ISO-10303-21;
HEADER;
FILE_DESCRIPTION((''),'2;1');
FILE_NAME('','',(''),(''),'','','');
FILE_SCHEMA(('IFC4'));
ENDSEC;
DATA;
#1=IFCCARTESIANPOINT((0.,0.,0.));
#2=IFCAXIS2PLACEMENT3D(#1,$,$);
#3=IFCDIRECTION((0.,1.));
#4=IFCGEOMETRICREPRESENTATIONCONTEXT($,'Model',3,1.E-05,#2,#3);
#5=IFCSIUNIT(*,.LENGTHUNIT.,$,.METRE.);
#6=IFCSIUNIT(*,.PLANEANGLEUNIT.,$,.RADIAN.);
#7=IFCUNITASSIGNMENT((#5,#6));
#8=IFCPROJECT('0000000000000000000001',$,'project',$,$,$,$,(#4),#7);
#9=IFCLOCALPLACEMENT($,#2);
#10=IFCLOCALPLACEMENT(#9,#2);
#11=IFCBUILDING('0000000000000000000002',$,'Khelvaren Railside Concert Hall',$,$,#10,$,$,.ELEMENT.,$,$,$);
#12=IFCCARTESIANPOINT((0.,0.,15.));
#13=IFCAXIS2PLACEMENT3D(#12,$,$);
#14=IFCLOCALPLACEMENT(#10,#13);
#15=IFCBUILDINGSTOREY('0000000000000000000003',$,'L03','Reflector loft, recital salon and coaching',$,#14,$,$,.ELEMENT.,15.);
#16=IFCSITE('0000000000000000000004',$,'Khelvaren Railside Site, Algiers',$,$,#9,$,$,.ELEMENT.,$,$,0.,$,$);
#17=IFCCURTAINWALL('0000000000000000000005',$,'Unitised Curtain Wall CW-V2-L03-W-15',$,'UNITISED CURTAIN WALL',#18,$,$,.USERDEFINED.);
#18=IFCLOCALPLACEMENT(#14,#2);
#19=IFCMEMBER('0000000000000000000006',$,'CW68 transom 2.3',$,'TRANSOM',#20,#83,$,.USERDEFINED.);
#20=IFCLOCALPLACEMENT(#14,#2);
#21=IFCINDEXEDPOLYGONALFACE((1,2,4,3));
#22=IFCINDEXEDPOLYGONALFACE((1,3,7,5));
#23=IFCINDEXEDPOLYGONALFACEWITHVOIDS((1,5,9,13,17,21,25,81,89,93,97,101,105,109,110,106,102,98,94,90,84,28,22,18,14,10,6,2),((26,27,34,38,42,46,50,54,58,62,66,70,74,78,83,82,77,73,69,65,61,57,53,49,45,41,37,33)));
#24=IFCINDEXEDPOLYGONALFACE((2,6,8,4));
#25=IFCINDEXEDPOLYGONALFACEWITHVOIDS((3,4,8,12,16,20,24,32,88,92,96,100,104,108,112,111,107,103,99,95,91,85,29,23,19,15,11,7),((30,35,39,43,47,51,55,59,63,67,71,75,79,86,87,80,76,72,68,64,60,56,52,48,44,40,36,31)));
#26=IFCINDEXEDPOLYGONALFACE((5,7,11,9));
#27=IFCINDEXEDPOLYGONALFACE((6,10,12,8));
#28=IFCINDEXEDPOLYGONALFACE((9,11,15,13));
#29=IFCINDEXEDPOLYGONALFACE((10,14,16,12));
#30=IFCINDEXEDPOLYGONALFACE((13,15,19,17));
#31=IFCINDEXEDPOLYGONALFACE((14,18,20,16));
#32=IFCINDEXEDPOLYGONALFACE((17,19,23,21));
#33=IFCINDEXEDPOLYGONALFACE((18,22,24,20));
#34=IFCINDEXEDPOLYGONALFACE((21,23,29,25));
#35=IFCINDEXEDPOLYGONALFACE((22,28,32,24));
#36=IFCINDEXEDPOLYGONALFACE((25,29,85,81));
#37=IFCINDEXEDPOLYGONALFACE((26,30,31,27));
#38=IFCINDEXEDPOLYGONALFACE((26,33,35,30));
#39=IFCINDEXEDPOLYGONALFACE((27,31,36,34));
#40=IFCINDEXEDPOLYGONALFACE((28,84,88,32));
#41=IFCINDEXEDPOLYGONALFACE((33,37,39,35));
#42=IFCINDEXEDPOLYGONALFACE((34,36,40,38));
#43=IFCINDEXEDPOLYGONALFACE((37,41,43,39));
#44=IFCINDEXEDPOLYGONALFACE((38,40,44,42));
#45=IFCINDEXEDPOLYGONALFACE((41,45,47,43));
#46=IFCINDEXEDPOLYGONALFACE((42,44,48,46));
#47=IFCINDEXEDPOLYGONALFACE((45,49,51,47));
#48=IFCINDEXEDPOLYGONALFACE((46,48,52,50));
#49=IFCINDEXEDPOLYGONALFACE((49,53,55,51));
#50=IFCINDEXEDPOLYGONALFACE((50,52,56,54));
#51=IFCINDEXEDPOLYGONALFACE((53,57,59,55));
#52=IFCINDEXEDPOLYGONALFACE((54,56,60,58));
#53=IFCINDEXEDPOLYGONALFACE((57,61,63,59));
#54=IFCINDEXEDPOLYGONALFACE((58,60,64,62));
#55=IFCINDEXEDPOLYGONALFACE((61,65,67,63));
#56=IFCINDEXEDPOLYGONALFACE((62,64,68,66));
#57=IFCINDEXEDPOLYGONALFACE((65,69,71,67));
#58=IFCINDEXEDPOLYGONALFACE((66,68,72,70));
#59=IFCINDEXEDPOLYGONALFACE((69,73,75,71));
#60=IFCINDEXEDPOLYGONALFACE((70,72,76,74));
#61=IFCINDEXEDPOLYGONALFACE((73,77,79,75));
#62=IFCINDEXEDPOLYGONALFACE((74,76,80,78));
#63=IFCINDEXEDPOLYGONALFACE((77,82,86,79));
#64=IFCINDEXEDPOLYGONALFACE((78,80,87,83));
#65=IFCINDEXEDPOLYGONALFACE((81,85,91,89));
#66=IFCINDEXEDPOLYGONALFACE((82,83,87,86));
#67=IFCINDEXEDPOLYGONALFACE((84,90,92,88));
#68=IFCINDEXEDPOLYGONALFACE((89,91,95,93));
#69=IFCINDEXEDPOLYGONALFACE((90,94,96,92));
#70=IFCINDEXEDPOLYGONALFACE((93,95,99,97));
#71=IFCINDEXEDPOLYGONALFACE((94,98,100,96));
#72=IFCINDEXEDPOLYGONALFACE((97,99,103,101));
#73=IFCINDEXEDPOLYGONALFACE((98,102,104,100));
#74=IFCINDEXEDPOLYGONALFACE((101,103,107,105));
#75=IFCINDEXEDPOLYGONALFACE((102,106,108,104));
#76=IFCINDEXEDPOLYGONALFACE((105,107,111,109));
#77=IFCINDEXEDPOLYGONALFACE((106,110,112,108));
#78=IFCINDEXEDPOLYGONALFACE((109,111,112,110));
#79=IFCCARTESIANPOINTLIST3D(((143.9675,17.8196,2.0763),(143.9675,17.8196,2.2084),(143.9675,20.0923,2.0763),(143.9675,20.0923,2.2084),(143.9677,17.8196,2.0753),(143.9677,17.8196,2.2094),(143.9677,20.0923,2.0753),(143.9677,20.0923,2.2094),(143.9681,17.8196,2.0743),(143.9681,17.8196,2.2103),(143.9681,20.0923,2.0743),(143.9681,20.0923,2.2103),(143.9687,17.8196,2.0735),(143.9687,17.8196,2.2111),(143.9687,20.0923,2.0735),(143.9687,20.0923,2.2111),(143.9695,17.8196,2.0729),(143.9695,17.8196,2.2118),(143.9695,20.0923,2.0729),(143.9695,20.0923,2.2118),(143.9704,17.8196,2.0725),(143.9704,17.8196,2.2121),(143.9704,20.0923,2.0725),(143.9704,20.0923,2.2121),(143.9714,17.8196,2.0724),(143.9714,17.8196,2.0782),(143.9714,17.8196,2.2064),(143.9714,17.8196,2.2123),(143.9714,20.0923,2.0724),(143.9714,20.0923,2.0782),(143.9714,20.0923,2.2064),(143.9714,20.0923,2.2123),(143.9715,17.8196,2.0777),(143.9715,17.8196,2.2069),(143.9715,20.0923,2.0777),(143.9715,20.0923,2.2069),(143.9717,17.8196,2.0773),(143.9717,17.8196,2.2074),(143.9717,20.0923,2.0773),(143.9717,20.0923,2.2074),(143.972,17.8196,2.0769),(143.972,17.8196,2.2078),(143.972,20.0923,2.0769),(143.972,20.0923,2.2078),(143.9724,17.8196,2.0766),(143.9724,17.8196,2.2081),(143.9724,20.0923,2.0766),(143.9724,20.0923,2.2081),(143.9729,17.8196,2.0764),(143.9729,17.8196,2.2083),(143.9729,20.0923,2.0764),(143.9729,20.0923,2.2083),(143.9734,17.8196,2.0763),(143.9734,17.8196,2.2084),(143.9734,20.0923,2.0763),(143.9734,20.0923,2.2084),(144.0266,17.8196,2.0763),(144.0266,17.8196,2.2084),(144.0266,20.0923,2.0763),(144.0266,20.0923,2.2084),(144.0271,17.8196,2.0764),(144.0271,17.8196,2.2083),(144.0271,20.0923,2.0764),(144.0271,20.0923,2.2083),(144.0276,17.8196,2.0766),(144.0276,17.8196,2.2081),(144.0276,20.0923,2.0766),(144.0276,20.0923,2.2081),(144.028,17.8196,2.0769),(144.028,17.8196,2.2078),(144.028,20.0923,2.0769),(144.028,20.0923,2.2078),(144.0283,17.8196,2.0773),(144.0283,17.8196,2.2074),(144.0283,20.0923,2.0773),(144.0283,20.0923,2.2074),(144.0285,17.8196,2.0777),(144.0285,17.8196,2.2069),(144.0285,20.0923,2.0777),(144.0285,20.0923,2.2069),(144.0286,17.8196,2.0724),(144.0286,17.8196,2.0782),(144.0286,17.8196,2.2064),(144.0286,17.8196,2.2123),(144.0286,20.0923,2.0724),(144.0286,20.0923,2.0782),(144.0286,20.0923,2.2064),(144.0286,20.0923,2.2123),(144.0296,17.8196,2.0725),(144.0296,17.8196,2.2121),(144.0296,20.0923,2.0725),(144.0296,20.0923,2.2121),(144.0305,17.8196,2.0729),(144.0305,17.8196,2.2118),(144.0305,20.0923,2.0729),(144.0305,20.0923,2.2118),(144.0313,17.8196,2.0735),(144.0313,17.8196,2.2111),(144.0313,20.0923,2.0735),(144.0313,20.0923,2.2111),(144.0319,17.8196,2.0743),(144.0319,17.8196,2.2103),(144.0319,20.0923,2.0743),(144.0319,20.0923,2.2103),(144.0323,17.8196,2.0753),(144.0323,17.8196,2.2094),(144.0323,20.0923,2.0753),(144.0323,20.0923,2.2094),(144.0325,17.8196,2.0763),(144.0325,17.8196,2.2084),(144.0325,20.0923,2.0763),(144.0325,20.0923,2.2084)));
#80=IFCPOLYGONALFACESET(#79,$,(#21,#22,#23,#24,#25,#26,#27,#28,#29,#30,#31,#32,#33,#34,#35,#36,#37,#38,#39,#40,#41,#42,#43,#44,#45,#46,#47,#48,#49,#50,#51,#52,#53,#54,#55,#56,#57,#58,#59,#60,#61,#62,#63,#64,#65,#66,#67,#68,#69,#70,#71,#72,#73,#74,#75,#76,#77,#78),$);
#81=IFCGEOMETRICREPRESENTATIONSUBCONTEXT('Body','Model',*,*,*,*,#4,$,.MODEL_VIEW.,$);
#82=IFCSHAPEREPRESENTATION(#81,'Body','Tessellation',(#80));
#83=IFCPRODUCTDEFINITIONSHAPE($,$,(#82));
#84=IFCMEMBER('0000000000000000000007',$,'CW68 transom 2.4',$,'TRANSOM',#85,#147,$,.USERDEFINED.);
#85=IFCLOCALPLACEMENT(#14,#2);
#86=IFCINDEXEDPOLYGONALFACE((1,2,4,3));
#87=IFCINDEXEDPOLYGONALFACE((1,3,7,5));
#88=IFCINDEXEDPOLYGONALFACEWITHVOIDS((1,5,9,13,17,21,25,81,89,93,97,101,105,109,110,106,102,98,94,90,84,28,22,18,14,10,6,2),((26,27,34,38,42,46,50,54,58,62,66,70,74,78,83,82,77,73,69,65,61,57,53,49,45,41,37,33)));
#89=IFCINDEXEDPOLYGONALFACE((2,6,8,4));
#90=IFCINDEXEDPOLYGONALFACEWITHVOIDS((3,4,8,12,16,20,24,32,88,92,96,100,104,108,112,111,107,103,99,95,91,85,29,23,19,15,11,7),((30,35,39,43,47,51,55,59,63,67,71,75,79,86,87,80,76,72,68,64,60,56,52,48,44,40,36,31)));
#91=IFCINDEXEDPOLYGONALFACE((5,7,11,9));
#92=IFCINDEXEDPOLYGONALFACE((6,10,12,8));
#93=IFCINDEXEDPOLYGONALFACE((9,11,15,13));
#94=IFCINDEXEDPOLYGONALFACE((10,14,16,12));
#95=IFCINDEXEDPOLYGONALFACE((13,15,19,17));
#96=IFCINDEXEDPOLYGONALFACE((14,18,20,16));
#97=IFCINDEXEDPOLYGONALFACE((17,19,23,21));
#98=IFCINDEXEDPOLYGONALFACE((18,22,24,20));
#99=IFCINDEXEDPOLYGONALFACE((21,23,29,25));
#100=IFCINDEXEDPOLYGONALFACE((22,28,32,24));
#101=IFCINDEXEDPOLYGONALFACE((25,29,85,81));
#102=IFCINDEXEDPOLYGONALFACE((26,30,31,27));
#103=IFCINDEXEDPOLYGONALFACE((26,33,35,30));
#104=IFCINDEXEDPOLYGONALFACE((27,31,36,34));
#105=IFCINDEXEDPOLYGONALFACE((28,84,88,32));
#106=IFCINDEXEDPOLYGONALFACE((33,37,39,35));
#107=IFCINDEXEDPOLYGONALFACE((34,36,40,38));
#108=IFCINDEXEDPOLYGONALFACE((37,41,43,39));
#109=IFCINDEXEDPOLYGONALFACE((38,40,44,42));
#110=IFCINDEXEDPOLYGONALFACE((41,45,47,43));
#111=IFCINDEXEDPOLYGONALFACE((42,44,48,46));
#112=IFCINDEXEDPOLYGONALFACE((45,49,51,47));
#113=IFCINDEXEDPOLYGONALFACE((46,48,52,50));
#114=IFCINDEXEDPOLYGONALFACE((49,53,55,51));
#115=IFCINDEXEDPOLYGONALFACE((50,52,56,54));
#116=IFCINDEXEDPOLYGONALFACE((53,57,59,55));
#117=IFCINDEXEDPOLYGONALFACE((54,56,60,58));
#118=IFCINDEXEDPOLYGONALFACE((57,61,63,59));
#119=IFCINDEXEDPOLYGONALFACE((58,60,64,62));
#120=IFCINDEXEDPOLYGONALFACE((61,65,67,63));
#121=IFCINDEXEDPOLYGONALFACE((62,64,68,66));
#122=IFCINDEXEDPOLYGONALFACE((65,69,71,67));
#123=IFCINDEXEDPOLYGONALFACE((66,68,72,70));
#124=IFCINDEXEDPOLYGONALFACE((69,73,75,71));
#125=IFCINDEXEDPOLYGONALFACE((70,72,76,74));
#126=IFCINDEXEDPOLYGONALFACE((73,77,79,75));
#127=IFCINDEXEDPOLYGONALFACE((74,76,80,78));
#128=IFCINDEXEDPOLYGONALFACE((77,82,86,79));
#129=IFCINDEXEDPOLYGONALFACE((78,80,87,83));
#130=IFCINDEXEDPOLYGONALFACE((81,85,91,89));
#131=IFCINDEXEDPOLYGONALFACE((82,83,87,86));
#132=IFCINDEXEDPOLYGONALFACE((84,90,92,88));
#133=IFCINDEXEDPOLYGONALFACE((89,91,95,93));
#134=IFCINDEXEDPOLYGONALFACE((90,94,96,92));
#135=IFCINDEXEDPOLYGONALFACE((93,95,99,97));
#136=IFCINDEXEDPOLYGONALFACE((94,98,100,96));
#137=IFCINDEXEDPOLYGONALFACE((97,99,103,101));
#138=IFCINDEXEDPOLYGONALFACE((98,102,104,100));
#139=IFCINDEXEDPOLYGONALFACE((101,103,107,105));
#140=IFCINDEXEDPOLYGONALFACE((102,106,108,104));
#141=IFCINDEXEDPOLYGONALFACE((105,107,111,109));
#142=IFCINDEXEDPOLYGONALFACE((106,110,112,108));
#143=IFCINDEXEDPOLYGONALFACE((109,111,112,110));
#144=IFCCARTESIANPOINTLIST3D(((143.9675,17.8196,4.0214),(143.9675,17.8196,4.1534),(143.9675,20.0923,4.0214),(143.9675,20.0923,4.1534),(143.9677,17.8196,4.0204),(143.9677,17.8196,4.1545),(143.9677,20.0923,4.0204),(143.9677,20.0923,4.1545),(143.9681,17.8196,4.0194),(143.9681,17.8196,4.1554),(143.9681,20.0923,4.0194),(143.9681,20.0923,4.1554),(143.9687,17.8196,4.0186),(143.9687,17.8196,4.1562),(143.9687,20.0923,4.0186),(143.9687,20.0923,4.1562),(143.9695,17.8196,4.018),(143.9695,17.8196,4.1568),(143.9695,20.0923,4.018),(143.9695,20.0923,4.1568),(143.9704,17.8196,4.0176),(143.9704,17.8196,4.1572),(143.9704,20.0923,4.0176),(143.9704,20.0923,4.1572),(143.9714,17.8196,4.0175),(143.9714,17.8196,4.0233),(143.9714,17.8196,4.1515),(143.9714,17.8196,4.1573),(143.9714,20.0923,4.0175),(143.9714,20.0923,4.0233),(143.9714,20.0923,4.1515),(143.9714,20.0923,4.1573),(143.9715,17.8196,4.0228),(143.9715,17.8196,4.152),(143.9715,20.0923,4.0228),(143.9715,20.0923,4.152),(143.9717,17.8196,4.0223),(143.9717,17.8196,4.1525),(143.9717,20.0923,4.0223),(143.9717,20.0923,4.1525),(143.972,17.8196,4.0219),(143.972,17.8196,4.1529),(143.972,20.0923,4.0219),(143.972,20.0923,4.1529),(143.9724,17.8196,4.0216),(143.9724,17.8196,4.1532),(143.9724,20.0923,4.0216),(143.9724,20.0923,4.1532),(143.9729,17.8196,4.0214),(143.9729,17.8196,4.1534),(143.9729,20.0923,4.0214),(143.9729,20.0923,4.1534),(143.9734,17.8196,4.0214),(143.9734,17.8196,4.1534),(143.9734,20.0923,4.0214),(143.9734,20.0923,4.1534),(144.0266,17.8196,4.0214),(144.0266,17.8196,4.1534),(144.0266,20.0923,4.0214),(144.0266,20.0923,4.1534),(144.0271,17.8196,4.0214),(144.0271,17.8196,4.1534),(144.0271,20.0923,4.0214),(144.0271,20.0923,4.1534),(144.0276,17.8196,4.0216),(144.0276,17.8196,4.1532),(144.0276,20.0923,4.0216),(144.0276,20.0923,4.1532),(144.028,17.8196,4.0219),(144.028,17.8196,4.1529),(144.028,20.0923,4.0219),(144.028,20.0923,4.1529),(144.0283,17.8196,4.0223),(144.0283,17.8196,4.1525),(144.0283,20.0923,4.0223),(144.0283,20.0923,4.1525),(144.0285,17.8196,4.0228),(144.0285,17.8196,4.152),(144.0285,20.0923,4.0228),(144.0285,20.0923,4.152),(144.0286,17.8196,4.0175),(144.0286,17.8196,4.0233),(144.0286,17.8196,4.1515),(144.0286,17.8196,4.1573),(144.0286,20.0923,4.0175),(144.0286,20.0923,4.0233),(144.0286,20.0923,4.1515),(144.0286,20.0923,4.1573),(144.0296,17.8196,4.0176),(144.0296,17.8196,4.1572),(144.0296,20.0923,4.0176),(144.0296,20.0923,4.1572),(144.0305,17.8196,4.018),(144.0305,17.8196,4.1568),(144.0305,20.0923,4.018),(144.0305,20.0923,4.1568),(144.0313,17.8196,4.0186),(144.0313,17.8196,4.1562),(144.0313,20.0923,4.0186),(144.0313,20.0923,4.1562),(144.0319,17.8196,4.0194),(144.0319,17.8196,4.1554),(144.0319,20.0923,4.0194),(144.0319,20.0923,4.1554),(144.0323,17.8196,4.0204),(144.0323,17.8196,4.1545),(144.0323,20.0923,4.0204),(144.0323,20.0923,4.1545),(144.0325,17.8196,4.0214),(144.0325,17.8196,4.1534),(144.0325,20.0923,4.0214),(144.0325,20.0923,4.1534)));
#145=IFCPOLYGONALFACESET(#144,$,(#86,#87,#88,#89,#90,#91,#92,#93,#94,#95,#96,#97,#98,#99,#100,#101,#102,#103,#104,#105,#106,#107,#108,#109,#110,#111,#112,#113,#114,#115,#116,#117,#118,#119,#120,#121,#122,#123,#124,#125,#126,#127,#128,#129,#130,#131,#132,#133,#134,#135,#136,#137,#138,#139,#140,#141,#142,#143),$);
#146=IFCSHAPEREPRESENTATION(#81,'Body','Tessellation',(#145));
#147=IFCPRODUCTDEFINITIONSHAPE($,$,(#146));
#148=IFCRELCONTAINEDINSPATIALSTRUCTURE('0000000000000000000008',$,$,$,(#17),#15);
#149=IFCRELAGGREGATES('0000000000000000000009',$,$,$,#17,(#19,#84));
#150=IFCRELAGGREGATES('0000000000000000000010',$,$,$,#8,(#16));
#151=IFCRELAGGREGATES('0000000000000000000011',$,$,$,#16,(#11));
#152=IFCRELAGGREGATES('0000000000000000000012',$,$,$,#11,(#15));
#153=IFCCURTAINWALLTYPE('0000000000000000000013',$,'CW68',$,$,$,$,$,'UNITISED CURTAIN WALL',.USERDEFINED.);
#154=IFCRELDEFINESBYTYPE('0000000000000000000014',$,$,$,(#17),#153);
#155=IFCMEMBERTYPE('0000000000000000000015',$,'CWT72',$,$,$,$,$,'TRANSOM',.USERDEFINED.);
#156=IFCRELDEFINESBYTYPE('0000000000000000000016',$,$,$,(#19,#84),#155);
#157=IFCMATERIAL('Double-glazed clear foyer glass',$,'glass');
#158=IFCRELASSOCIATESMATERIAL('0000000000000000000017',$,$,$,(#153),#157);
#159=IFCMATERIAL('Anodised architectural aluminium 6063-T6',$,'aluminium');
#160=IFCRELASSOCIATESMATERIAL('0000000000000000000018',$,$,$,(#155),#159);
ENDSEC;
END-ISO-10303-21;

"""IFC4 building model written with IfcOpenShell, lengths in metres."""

from ifc_helpers import new_model, si_unit, direction, frame, origin, origin_2d, place, context, subcontext, project, spatial, hollow_rectangle, extrude, material, material_profile, profile_set, type_object, element, aggregate, save


model = new_model("IFC4")

# Units and contexts
model_context = context("Model", 3, precision=1e-05, world=origin(), true_north=direction((0.0, 1.0)))
body_context = subcontext(model_context, "Body", "Model", "MODEL_VIEW")
ifc_project = project(units=[si_unit("LENGTHUNIT", "METRE"), si_unit("PLANEANGLEUNIT", "RADIAN")], contexts=[model_context])

# Site, building, storey
site_placement = place(None, origin())
site = spatial("IfcSite", under=ifc_project, at=site_placement, Name="Khelvaren Railside Site, Algiers", CompositionType="ELEMENT", RefElevation=0.0)
building_placement = place(site_placement, origin())
building = spatial("IfcBuilding", under=site, at=building_placement, Name="Khelvaren Railside Concert Hall", CompositionType="ELEMENT")
storey_placement = place(building_placement, frame((0.0, 0.0, 15.0)))
storey = spatial("IfcBuildingStorey", under=building, at=storey_placement, Name="L03", Description="Reflector loft, recital salon and coaching", CompositionType="ELEMENT", Elevation=15.0)

# Curtain wall
ifc_material_1 = material(Name="Double-glazed clear foyer glass", Category="glass")
curtain_wall_type_1 = type_object("IfcCurtainWallType", Name="CW68", ElementType="UNITISED CURTAIN WALL", PredefinedType="USERDEFINED", material=ifc_material_1)
curtain_wall_1_placement = place(storey_placement, origin())
curtain_wall_1 = element("IfcCurtainWall", 1, at=curtain_wall_1_placement, inside=storey, type_object=curtain_wall_type_1, Name="Unitised Curtain Wall CW-V2-L03-W-15", ObjectType="UNITISED CURTAIN WALL", PredefinedType="USERDEFINED")
ifc_material_2 = material(Name="Anodised architectural aluminium 6063-T6", Category="aluminium")

# Members
ifc_material_profile_1 = material_profile(ifc_material_2, hollow_rectangle(XDim=0.0649, YDim=0.1399, WallThickness=0.0039, InnerFilletRadius=0.002, OuterFilletRadius=0.0039, at=origin_2d()), Name="CWT 65x140x4")
ifc_profile_set_1 = profile_set([ifc_material_profile_1], Name="Anodised architectural aluminium 6063-T6")
member_type_1 = type_object("IfcMemberType", Name="CWT72", ElementType="TRANSOM", PredefinedType="USERDEFINED", material=ifc_profile_set_1)
member_1_placement = place(storey_placement, frame((144.0, 17.8196, 2.1423), z_axis=(0.0, 1.0, 0.0), x_axis=(-1.0, 0.0, 0.0)))
member_1 = element("IfcMember", 2, at=member_1_placement, type_object=member_type_1, Name="CW68 transom 2.3", ObjectType="TRANSOM", PredefinedType="USERDEFINED", context=body_context, shape_type="SweptSolid", body=[
    extrude(hollow_rectangle(XDim=0.0649, YDim=0.1399, WallThickness=0.0039, InnerFilletRadius=0.002, OuterFilletRadius=0.0039, at=origin_2d()), origin(), (0.0, 0.0, 1.0), 2.2727),
])
member_2_placement = place(storey_placement, frame((144.0, 17.8196, 4.0874), z_axis=(0.0, 1.0, 0.0), x_axis=(-1.0, 0.0, 0.0)))
member_2 = element("IfcMember", 3, at=member_2_placement, type_object=member_type_1, Name="CW68 transom 2.4", ObjectType="TRANSOM", PredefinedType="USERDEFINED", context=body_context, shape_type="SweptSolid", body=[
    extrude(hollow_rectangle(XDim=0.0649, YDim=0.1399, WallThickness=0.0039, InnerFilletRadius=0.002, OuterFilletRadius=0.0039, at=origin_2d()), origin(), (0.0, 0.0, 1.0), 2.2727),
])

aggregate(curtain_wall_1, [member_1, member_2])

save(model, "model.ifc")
